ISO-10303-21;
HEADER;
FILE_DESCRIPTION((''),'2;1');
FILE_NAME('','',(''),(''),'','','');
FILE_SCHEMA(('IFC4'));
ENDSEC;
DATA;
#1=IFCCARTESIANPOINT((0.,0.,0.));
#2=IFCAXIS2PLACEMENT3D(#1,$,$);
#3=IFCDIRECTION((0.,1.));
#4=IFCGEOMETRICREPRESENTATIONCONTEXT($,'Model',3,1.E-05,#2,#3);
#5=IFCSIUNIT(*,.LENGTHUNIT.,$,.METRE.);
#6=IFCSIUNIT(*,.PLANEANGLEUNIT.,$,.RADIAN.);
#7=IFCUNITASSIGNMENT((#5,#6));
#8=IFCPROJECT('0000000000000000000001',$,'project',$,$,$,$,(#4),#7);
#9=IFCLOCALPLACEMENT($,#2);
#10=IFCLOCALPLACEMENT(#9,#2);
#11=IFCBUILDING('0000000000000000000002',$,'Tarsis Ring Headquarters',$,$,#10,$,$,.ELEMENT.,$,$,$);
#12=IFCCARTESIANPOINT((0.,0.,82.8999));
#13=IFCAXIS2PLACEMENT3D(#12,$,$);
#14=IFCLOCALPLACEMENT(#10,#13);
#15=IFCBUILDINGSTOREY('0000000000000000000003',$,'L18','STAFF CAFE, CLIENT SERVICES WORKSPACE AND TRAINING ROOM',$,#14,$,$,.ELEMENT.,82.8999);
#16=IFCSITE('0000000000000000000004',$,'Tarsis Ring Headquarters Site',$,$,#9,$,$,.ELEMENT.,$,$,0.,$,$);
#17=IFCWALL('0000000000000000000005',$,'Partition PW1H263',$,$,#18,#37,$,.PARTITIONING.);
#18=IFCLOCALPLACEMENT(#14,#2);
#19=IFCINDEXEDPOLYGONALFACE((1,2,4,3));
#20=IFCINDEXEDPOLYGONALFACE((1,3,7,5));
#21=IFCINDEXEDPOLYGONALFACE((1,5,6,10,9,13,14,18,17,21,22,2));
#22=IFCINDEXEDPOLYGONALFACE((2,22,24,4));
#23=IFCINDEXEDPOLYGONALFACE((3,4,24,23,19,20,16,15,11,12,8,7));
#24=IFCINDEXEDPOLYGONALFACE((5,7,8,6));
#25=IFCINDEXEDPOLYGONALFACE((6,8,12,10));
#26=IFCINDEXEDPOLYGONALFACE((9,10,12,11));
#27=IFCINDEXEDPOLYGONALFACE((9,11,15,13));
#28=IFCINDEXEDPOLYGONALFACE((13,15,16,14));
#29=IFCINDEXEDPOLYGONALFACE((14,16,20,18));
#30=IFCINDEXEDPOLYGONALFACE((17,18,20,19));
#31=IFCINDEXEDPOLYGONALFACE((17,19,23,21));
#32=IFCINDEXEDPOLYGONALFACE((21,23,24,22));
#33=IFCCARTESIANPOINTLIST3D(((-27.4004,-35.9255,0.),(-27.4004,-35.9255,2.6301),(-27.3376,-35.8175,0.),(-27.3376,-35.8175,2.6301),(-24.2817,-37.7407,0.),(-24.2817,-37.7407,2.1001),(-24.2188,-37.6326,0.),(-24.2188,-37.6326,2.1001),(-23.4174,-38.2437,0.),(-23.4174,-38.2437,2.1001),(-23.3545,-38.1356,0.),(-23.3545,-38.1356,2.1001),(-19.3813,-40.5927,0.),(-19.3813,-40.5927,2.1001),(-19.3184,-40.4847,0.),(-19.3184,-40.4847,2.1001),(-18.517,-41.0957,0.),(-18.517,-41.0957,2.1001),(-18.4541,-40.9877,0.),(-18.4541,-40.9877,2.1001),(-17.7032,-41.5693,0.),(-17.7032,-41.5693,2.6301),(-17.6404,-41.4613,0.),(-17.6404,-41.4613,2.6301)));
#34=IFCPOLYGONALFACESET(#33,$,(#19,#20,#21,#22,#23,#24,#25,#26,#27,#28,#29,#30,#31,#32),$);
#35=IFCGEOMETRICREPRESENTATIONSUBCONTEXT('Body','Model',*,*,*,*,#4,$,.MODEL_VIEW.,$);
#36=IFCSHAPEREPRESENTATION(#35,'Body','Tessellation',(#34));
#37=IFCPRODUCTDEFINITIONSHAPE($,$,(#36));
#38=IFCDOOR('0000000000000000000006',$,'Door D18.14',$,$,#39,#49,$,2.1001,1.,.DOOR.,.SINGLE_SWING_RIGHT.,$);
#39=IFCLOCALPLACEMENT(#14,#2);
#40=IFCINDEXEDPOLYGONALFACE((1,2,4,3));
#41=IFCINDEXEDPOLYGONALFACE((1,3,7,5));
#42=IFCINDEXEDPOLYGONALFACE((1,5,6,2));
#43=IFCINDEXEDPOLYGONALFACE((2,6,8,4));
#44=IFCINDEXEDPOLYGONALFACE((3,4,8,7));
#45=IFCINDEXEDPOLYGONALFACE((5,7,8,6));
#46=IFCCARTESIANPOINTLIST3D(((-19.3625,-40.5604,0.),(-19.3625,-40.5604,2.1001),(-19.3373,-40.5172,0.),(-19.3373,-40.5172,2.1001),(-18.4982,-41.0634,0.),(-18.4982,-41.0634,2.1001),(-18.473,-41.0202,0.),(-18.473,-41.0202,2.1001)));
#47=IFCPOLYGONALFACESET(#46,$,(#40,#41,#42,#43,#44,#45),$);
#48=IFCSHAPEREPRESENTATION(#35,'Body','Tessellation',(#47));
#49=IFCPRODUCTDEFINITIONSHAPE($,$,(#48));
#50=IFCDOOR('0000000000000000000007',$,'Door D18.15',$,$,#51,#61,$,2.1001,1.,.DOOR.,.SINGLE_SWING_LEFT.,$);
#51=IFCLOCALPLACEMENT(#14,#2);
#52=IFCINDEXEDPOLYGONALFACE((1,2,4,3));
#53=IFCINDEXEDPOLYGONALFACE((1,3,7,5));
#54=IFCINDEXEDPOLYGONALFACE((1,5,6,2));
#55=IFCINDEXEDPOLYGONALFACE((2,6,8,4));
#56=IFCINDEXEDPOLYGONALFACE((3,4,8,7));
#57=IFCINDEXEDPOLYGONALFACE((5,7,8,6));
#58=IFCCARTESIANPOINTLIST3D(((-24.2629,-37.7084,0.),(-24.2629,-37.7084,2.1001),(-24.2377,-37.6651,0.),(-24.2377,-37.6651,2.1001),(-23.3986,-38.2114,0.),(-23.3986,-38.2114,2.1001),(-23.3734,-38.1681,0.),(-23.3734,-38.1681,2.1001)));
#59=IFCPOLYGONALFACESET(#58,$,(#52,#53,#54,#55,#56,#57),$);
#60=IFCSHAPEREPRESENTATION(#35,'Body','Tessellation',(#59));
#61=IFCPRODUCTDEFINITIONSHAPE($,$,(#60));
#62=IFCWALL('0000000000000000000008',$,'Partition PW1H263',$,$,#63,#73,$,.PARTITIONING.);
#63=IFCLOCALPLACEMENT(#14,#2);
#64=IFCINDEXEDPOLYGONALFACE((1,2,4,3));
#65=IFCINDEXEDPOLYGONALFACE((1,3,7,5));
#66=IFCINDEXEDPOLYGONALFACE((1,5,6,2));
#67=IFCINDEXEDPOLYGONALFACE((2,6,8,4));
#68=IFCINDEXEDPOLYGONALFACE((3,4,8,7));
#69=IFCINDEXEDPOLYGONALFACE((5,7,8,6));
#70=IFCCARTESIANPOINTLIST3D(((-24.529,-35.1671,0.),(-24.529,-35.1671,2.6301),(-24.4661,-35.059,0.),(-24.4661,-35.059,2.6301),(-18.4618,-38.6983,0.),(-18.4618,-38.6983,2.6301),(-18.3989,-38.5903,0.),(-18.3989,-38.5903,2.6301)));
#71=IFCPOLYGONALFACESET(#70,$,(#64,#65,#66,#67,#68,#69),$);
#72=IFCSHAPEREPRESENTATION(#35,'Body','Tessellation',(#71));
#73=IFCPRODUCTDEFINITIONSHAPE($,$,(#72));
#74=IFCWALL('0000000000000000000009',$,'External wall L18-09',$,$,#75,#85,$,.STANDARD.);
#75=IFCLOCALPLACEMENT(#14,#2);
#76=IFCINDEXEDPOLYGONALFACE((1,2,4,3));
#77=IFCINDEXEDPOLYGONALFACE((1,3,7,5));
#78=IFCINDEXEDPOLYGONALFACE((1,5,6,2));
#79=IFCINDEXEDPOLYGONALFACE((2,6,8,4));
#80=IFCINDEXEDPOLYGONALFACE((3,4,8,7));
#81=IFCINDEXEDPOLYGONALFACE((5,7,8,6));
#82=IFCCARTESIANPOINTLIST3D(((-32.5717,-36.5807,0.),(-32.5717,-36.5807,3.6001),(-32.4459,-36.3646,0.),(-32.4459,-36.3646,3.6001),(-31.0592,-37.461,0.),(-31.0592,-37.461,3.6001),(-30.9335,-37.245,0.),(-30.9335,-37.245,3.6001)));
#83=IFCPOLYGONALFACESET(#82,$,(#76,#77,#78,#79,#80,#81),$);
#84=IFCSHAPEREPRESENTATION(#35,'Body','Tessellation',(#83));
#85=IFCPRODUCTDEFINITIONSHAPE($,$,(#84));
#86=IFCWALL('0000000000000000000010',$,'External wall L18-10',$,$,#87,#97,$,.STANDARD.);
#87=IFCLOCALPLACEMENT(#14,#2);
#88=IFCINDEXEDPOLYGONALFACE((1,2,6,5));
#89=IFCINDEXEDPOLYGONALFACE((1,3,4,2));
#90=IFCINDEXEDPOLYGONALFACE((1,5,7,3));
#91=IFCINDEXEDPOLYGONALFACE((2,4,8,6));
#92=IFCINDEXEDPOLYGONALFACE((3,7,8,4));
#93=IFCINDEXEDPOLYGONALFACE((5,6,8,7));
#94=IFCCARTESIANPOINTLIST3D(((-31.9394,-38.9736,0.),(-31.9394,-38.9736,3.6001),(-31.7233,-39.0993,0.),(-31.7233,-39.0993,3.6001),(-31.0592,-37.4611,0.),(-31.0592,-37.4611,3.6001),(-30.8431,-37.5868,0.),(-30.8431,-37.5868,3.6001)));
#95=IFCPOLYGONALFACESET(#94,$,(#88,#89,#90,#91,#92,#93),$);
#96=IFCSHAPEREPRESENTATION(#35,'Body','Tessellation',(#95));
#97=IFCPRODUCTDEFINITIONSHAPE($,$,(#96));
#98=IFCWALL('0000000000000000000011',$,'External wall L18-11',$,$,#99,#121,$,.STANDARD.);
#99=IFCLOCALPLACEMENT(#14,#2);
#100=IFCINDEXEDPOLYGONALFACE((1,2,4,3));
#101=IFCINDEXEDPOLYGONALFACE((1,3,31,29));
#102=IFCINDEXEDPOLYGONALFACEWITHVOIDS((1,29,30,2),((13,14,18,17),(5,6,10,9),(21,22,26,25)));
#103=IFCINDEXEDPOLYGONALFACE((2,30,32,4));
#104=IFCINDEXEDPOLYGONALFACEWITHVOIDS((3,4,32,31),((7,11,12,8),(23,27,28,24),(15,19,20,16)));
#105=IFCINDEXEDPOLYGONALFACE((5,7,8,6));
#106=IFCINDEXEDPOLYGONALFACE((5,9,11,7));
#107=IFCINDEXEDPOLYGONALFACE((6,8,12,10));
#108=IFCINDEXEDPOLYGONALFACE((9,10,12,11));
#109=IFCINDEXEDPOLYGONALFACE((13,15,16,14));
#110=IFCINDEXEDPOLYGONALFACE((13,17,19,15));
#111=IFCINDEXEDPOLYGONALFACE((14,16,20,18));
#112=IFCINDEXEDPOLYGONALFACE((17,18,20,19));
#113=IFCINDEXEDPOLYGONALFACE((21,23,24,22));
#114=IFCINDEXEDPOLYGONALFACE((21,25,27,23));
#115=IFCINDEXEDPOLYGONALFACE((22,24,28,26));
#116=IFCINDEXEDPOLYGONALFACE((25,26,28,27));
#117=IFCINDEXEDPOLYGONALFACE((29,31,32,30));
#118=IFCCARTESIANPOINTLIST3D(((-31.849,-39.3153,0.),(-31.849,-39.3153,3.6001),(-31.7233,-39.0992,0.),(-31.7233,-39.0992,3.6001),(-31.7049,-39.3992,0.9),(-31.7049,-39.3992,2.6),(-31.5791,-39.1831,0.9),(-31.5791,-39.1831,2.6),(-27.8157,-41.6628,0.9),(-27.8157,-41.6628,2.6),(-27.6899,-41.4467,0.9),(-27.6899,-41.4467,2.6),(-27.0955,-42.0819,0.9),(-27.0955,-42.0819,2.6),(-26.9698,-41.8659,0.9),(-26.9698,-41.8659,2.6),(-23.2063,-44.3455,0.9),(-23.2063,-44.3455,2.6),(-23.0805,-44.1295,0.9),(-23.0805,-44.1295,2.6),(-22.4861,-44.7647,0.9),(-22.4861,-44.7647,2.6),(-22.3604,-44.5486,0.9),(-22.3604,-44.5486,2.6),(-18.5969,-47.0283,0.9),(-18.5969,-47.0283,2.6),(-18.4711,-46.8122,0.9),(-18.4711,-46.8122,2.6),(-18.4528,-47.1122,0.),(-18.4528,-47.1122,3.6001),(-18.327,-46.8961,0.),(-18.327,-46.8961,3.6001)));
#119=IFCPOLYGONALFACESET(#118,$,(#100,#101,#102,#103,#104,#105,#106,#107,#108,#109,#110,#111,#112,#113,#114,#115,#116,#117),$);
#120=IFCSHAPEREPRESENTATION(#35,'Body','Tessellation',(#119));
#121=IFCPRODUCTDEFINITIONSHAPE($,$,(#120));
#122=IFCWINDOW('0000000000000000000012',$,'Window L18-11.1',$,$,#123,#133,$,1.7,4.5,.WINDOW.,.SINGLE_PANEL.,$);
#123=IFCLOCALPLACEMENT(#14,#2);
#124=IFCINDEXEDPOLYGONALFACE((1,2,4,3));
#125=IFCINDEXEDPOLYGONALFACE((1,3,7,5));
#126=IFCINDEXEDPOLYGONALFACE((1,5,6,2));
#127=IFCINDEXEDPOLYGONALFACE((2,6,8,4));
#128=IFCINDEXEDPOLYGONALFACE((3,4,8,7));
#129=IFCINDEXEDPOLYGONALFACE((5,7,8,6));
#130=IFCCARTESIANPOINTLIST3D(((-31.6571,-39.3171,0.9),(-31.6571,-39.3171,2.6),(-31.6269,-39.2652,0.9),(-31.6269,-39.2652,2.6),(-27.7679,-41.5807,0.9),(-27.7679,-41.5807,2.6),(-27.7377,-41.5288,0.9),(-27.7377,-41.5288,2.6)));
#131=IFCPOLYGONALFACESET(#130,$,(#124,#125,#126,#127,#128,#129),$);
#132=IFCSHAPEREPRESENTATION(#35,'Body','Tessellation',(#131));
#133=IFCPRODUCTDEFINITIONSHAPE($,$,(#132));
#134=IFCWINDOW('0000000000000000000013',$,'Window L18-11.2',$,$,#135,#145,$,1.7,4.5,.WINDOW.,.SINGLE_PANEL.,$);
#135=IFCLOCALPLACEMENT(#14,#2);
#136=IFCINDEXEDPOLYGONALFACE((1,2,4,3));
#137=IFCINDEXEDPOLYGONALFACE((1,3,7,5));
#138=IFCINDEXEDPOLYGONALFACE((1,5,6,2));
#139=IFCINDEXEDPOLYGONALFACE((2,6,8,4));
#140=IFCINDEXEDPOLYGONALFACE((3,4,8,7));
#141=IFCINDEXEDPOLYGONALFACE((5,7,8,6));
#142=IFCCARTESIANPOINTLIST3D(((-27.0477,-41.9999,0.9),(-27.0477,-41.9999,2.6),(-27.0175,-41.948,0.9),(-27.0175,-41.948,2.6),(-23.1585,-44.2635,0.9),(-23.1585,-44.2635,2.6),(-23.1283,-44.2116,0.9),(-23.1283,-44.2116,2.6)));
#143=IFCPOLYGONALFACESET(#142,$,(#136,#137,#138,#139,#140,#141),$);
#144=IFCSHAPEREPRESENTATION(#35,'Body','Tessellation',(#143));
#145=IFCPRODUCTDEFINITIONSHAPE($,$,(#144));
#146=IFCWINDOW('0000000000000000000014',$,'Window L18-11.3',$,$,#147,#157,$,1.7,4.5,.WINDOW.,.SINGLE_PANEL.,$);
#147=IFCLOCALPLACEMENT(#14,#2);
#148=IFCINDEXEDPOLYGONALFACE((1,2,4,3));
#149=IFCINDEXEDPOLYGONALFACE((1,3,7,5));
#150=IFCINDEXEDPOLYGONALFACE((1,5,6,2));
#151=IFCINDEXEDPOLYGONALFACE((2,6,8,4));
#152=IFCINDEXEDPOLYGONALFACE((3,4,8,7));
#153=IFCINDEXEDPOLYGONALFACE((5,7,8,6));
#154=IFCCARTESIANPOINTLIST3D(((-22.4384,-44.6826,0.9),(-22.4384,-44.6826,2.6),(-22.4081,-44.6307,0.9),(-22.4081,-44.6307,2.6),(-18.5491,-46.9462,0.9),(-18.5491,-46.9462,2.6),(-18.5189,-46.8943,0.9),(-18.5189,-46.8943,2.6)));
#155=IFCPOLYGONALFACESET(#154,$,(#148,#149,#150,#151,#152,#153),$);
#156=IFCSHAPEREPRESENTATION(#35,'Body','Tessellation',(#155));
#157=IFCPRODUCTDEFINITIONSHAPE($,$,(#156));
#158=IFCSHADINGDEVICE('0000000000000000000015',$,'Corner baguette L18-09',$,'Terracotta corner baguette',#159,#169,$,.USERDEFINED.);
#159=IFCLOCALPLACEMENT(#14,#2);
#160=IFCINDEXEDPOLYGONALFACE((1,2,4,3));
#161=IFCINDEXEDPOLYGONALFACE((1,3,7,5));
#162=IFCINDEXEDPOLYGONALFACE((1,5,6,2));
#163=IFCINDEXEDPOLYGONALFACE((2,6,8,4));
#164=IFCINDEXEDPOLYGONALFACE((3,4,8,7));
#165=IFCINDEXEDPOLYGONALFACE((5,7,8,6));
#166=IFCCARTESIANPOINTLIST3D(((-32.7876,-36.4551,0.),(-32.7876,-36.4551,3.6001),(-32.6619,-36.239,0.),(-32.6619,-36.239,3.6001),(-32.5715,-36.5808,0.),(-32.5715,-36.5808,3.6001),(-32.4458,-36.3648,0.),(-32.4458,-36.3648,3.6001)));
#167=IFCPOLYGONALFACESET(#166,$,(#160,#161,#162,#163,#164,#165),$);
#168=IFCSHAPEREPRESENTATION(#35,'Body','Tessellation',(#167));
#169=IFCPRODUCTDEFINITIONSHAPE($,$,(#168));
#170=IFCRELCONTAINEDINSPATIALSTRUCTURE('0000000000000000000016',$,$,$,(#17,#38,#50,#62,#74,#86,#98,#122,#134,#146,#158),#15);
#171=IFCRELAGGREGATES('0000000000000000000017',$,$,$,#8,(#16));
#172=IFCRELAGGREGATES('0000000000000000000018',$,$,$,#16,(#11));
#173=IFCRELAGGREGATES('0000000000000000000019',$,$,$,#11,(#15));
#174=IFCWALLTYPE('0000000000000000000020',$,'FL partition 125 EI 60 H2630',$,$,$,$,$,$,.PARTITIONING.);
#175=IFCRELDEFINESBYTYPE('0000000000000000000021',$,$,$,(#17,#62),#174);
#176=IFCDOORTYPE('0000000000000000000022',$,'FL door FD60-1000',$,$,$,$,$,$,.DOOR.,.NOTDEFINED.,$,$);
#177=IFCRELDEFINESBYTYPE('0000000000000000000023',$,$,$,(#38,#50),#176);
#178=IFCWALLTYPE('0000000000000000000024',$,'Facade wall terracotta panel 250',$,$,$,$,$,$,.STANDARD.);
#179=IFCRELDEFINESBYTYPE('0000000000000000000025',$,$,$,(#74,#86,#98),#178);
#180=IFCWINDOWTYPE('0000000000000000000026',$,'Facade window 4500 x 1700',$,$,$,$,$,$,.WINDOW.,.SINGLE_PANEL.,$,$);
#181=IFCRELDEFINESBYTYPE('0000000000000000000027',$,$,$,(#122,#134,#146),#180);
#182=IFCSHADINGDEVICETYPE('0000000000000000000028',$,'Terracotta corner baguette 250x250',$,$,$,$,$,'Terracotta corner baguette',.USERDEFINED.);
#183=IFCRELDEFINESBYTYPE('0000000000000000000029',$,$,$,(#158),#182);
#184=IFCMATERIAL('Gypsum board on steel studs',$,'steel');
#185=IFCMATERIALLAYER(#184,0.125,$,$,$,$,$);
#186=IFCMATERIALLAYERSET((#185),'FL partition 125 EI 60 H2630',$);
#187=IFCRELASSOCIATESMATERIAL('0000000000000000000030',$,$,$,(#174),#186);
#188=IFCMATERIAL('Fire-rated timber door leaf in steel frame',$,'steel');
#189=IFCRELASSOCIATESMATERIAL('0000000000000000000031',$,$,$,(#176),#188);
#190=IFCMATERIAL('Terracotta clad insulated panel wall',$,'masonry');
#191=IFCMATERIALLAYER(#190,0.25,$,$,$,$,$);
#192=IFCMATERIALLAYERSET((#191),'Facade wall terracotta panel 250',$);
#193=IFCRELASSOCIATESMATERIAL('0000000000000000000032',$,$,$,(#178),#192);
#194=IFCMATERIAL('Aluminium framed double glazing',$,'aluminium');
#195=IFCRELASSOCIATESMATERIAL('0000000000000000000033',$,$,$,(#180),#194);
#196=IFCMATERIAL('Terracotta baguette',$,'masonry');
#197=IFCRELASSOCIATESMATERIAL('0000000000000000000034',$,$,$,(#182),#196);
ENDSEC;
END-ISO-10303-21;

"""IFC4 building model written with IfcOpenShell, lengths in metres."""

from ifc_helpers import new_model, si_unit, direction, frame, frame_2d, origin, origin_2d, place, context, subcontext, project, spatial, rectangle, extrude, material, layer, layer_set, type_object, element, fill, save


model = new_model("IFC4")

# Units and contexts
model_context = context("Model", 3, precision=1e-05, world=origin(), true_north=direction((0.0, 1.0)))
body_context = subcontext(model_context, "Body", "Model", "MODEL_VIEW")
ifc_project = project(units=[si_unit("LENGTHUNIT", "METRE"), si_unit("PLANEANGLEUNIT", "RADIAN")], contexts=[model_context])

# Site, building, storey
site_placement = place(None, origin())
site = spatial("IfcSite", under=ifc_project, at=site_placement, Name="Tarsis Ring Headquarters Site", CompositionType="ELEMENT", RefElevation=0.0)
building_placement = place(site_placement, origin())
building = spatial("IfcBuilding", under=site, at=building_placement, Name="Tarsis Ring Headquarters", CompositionType="ELEMENT")
storey_placement = place(building_placement, frame((0.0, 0.0, 82.8999)))
storey = spatial("IfcBuildingStorey", under=building, at=storey_placement, Name="L18", Description="STAFF CAFE, CLIENT SERVICES WORKSPACE AND TRAINING ROOM", CompositionType="ELEMENT", Elevation=82.8999)

# Shared definitions
ifc_material_1 = material(Name="Gypsum board on steel studs", Category="steel")
ifc_layer_1 = layer(ifc_material_1, 0.125)
ifc_layer_set_1 = layer_set([ifc_layer_1], Name="FL partition 125 EI 60 H2630")
wall_type_1 = type_object("IfcWallType", Name="FL partition 125 EI 60 H2630", PredefinedType="PARTITIONING", material=ifc_layer_set_1)
ifc_material_2 = material(Name="Fire-rated timber door leaf in steel frame", Category="steel")

# Wall, openings, doors
door_type_1 = type_object("IfcDoorType", Name="FL door FD60-1000", OperationType="NOTDEFINED", PredefinedType="DOOR", material=ifc_material_2)
wall_1_placement = place(storey_placement, frame((-27.3689, -35.8716, 0.0), z_axis=(0.0, 0.0, 1.0), x_axis=(0.86428, -0.50301, 0.0)))
wall_1 = element("IfcWall", 1, at=wall_1_placement, inside=storey, type_object=wall_type_1, Name="Partition PW1H263", PredefinedType="PARTITIONING", context=body_context, shape_type="SweptSolid", body=[
    extrude(rectangle(XDim=11.22, YDim=0.125, at=frame_2d((5.6099, 0.0))), origin(), (0.0, 0.0, 1.0), 2.6301),
])
opening_1_placement = place(wall_1_placement, frame((9.2783, 0.0, 0.0)))
opening_1 = element("IfcOpeningElement", 2, at=opening_1_placement, cuts=wall_1, PredefinedType="OPENING", context=body_context, shape_type="SweptSolid", body=[
    extrude(rectangle(XDim=1.0, YDim=2.1001, at=frame_2d((0.5, 1.05))), frame((0.0, 0.0725, 0.0), z_axis=(0.0, -1.0, 0.0), x_axis=(1.0, 0.0, 0.0)), (0.0, 0.0, 1.0), 0.145),
])
opening_2_placement = place(wall_1_placement, frame((3.6084, 0.0, 0.0)))
opening_2 = element("IfcOpeningElement", 3, at=opening_2_placement, cuts=wall_1, PredefinedType="OPENING", context=body_context, shape_type="SweptSolid", body=[
    extrude(rectangle(XDim=1.0, YDim=2.1001, at=frame_2d((0.5, 1.05))), frame((0.0, 0.0725, 0.0), z_axis=(0.0, -1.0, 0.0), x_axis=(1.0, 0.0, 0.0)), (0.0, 0.0, 1.0), 0.145),
])
door_1_placement = place(opening_1_placement, origin())
door_1 = element("IfcDoor", 4, at=door_1_placement, inside=storey, type_object=door_type_1, Name="Door D18.14", OperationType="SINGLE_SWING_RIGHT", OverallHeight=2.1001, OverallWidth=1.0, PredefinedType="DOOR", context=body_context, shape_type="SweptSolid", body=[
    extrude(rectangle(XDim=1.0, YDim=2.1001, at=frame_2d((0.5, 1.05))), frame((0.0, 0.0249, 0.0), z_axis=(0.0, -1.0, 0.0), x_axis=(1.0, 0.0, 0.0)), (0.0, 0.0, 1.0), 0.05),
])
fill(opening_1, door_1)
door_2_placement = place(opening_2_placement, origin())
door_2 = element("IfcDoor", 5, at=door_2_placement, inside=storey, type_object=door_type_1, Name="Door D18.15", OperationType="SINGLE_SWING_LEFT", OverallHeight=2.1001, OverallWidth=1.0, PredefinedType="DOOR", context=body_context, shape_type="SweptSolid", body=[
    extrude(rectangle(XDim=1.0, YDim=2.1001, at=frame_2d((0.5, 1.05))), frame((0.0, 0.0249, 0.0), z_axis=(0.0, -1.0, 0.0), x_axis=(1.0, 0.0, 0.0)), (0.0, 0.0, 1.0), 0.05),
])
fill(opening_2, door_2)

# Walls
wall_2_placement = place(storey_placement, frame((-24.4976, -35.113, 0.0), z_axis=(0.0, 0.0, 1.0), x_axis=(0.864269, -0.50303, 0.0)))
element("IfcWall", 6, at=wall_2_placement, inside=storey, type_object=wall_type_1, Name="Partition PW1H263", PredefinedType="PARTITIONING", context=body_context, shape_type="SweptSolid", body=[
    extrude(rectangle(XDim=7.02, YDim=0.125, at=frame_2d((3.51, 0.0))), origin(), (0.0, 0.0, 1.0), 2.6301),
])
ifc_material_3 = material(Name="Terracotta clad insulated panel wall", Category="masonry")
ifc_layer_2 = layer(ifc_material_3, 0.25)
ifc_layer_set_2 = layer_set([ifc_layer_2], Name="Facade wall terracotta panel 250")
wall_type_2 = type_object("IfcWallType", Name="Facade wall terracotta panel 250", PredefinedType="STANDARD", material=ifc_layer_set_2)
for number, where, z_axis, x_axis, name in (
    (7, (-32.5088, -36.4727, 0.0), (0.0, 0.0, 1.0), (0.864249, -0.503064, 0.0), "External wall L18-09"),
    (8, (-30.9512, -37.5239, 0.0), (0.0, 0.0, 1.0), (-0.50296, -0.86431, 0.0), "External wall L18-10"),
):
    element("IfcWall", number, at=place(storey_placement, frame(where, z_axis=z_axis, x_axis=x_axis)), inside=storey, type_object=wall_type_2, Name=name, PredefinedType="STANDARD", context=body_context, shape_type="SweptSolid", body=[
        extrude(rectangle(XDim=1.75, YDim=0.25, at=frame_2d((0.875, 0.0))), origin(), (0.0, 0.0, 1.0), 3.6001),
    ])

# Wall, openings, windows
wall_3_placement = place(storey_placement, frame((-31.7861, -39.2073, 0.0), z_axis=(0.0, 0.0, 1.0), x_axis=(0.864273, -0.503024, 0.0)))
wall_3 = element("IfcWall", 9, at=wall_3_placement, inside=storey, type_object=wall_type_2, Name="External wall L18-11", PredefinedType="STANDARD", context=body_context, shape_type="SweptSolid", body=[
    extrude(rectangle(XDim=15.5, YDim=0.25, at=frame_2d((7.75, 0.0))), origin(), (0.0, 0.0, 1.0), 3.6001),
])
opening_3_placement = place(wall_3_placement, frame((0.1667, 0.0, 0.8999)))
opening_3 = element("IfcOpeningElement", 10, at=opening_3_placement, cuts=wall_3, PredefinedType="OPENING", context=body_context, shape_type="SweptSolid", body=[
    extrude(rectangle(XDim=4.5, YDim=1.7, at=frame_2d((2.25, 0.8501))), frame((0.0, 0.135, 0.0), z_axis=(0.0, -1.0, 0.0), x_axis=(1.0, 0.0, 0.0)), (0.0, 0.0, 1.0), 0.27),
])
opening_4_placement = place(wall_3_placement, frame((5.5, 0.0, 0.8999)))
opening_4 = element("IfcOpeningElement", 11, at=opening_4_placement, cuts=wall_3, PredefinedType="OPENING", context=body_context, shape_type="SweptSolid", body=[
    extrude(rectangle(XDim=4.5, YDim=1.7, at=frame_2d((2.25, 0.8501))), frame((0.0, 0.135, 0.0), z_axis=(0.0, -1.0, 0.0), x_axis=(1.0, 0.0, 0.0)), (0.0, 0.0, 1.0), 0.27),
])
opening_5_placement = place(wall_3_placement, frame((10.8333, 0.0, 0.8999)))
opening_5 = element("IfcOpeningElement", 12, at=opening_5_placement, cuts=wall_3, PredefinedType="OPENING", context=body_context, shape_type="SweptSolid", body=[
    extrude(rectangle(XDim=4.5, YDim=1.7, at=frame_2d((2.25, 0.8501))), frame((0.0, 0.135, 0.0), z_axis=(0.0, -1.0, 0.0), x_axis=(1.0, 0.0, 0.0)), (0.0, 0.0, 1.0), 0.27),
])
ifc_material_4 = material(Name="Aluminium framed double glazing", Category="aluminium")
window_type = type_object("IfcWindowType", Name="Facade window 4500 x 1700", PartitioningType="SINGLE_PANEL", PredefinedType="WINDOW", material=ifc_material_4)
window_1_placement = place(opening_3_placement, origin())
window_1 = element("IfcWindow", 13, at=window_1_placement, inside=storey, type_object=window_type, Name="Window L18-11.1", OverallHeight=1.7, OverallWidth=4.5, PartitioningType="SINGLE_PANEL", PredefinedType="WINDOW", context=body_context, shape_type="SweptSolid", body=[
    extrude(rectangle(XDim=4.5, YDim=1.7, at=frame_2d((2.25, 0.8501))), frame((0.0, 0.03, 0.0), z_axis=(0.0, -1.0, 0.0), x_axis=(1.0, 0.0, 0.0)), (0.0, 0.0, 1.0), 0.0601),
])
fill(opening_3, window_1)
window_2_placement = place(opening_4_placement, origin())
window_2 = element("IfcWindow", 14, at=window_2_placement, inside=storey, type_object=window_type, Name="Window L18-11.2", OverallHeight=1.7, OverallWidth=4.5, PartitioningType="SINGLE_PANEL", PredefinedType="WINDOW", context=body_context, shape_type="SweptSolid", body=[
    extrude(rectangle(XDim=4.5, YDim=1.7, at=frame_2d((2.25, 0.8501))), frame((0.0, 0.03, 0.0), z_axis=(0.0, -1.0, 0.0), x_axis=(1.0, 0.0, 0.0)), (0.0, 0.0, 1.0), 0.0601),
])
fill(opening_4, window_2)
window_3_placement = place(opening_5_placement, origin())
window_3 = element("IfcWindow", 15, at=window_3_placement, inside=storey, type_object=window_type, Name="Window L18-11.3", OverallHeight=1.7, OverallWidth=4.5, PartitioningType="SINGLE_PANEL", PredefinedType="WINDOW", context=body_context, shape_type="SweptSolid", body=[
    extrude(rectangle(XDim=4.5, YDim=1.7, at=frame_2d((2.25, 0.8501))), frame((0.0, 0.03, 0.0), z_axis=(0.0, -1.0, 0.0), x_axis=(1.0, 0.0, 0.0)), (0.0, 0.0, 1.0), 0.0601),
])
fill(opening_5, window_3)

# Shading device
ifc_material_5 = material(Name="Terracotta baguette", Category="masonry")
shading_device_type = type_object("IfcShadingDeviceType", Name="Terracotta corner baguette 250x250", ElementType="Terracotta corner baguette", PredefinedType="USERDEFINED", material=ifc_material_5)
for number, where, z_axis, x_axis, name in (
    (16, (-32.6167, -36.4099, 0.0), (0.0, 0.0, 1.0), (-0.50302, -0.864275, 0.0), "Corner baguette L18-09"),
):
    element("IfcShadingDevice", number, at=place(storey_placement, frame(where, z_axis=z_axis, x_axis=x_axis)), inside=storey, type_object=shading_device_type, Name=name, ObjectType="Terracotta corner baguette", PredefinedType="USERDEFINED", context=body_context, shape_type="SweptSolid", body=[
        extrude(rectangle(XDim=0.25, YDim=0.25, at=origin_2d()), origin(), (0.0, 0.0, 1.0), 3.6001),
    ])

save(model, "model.ifc")
